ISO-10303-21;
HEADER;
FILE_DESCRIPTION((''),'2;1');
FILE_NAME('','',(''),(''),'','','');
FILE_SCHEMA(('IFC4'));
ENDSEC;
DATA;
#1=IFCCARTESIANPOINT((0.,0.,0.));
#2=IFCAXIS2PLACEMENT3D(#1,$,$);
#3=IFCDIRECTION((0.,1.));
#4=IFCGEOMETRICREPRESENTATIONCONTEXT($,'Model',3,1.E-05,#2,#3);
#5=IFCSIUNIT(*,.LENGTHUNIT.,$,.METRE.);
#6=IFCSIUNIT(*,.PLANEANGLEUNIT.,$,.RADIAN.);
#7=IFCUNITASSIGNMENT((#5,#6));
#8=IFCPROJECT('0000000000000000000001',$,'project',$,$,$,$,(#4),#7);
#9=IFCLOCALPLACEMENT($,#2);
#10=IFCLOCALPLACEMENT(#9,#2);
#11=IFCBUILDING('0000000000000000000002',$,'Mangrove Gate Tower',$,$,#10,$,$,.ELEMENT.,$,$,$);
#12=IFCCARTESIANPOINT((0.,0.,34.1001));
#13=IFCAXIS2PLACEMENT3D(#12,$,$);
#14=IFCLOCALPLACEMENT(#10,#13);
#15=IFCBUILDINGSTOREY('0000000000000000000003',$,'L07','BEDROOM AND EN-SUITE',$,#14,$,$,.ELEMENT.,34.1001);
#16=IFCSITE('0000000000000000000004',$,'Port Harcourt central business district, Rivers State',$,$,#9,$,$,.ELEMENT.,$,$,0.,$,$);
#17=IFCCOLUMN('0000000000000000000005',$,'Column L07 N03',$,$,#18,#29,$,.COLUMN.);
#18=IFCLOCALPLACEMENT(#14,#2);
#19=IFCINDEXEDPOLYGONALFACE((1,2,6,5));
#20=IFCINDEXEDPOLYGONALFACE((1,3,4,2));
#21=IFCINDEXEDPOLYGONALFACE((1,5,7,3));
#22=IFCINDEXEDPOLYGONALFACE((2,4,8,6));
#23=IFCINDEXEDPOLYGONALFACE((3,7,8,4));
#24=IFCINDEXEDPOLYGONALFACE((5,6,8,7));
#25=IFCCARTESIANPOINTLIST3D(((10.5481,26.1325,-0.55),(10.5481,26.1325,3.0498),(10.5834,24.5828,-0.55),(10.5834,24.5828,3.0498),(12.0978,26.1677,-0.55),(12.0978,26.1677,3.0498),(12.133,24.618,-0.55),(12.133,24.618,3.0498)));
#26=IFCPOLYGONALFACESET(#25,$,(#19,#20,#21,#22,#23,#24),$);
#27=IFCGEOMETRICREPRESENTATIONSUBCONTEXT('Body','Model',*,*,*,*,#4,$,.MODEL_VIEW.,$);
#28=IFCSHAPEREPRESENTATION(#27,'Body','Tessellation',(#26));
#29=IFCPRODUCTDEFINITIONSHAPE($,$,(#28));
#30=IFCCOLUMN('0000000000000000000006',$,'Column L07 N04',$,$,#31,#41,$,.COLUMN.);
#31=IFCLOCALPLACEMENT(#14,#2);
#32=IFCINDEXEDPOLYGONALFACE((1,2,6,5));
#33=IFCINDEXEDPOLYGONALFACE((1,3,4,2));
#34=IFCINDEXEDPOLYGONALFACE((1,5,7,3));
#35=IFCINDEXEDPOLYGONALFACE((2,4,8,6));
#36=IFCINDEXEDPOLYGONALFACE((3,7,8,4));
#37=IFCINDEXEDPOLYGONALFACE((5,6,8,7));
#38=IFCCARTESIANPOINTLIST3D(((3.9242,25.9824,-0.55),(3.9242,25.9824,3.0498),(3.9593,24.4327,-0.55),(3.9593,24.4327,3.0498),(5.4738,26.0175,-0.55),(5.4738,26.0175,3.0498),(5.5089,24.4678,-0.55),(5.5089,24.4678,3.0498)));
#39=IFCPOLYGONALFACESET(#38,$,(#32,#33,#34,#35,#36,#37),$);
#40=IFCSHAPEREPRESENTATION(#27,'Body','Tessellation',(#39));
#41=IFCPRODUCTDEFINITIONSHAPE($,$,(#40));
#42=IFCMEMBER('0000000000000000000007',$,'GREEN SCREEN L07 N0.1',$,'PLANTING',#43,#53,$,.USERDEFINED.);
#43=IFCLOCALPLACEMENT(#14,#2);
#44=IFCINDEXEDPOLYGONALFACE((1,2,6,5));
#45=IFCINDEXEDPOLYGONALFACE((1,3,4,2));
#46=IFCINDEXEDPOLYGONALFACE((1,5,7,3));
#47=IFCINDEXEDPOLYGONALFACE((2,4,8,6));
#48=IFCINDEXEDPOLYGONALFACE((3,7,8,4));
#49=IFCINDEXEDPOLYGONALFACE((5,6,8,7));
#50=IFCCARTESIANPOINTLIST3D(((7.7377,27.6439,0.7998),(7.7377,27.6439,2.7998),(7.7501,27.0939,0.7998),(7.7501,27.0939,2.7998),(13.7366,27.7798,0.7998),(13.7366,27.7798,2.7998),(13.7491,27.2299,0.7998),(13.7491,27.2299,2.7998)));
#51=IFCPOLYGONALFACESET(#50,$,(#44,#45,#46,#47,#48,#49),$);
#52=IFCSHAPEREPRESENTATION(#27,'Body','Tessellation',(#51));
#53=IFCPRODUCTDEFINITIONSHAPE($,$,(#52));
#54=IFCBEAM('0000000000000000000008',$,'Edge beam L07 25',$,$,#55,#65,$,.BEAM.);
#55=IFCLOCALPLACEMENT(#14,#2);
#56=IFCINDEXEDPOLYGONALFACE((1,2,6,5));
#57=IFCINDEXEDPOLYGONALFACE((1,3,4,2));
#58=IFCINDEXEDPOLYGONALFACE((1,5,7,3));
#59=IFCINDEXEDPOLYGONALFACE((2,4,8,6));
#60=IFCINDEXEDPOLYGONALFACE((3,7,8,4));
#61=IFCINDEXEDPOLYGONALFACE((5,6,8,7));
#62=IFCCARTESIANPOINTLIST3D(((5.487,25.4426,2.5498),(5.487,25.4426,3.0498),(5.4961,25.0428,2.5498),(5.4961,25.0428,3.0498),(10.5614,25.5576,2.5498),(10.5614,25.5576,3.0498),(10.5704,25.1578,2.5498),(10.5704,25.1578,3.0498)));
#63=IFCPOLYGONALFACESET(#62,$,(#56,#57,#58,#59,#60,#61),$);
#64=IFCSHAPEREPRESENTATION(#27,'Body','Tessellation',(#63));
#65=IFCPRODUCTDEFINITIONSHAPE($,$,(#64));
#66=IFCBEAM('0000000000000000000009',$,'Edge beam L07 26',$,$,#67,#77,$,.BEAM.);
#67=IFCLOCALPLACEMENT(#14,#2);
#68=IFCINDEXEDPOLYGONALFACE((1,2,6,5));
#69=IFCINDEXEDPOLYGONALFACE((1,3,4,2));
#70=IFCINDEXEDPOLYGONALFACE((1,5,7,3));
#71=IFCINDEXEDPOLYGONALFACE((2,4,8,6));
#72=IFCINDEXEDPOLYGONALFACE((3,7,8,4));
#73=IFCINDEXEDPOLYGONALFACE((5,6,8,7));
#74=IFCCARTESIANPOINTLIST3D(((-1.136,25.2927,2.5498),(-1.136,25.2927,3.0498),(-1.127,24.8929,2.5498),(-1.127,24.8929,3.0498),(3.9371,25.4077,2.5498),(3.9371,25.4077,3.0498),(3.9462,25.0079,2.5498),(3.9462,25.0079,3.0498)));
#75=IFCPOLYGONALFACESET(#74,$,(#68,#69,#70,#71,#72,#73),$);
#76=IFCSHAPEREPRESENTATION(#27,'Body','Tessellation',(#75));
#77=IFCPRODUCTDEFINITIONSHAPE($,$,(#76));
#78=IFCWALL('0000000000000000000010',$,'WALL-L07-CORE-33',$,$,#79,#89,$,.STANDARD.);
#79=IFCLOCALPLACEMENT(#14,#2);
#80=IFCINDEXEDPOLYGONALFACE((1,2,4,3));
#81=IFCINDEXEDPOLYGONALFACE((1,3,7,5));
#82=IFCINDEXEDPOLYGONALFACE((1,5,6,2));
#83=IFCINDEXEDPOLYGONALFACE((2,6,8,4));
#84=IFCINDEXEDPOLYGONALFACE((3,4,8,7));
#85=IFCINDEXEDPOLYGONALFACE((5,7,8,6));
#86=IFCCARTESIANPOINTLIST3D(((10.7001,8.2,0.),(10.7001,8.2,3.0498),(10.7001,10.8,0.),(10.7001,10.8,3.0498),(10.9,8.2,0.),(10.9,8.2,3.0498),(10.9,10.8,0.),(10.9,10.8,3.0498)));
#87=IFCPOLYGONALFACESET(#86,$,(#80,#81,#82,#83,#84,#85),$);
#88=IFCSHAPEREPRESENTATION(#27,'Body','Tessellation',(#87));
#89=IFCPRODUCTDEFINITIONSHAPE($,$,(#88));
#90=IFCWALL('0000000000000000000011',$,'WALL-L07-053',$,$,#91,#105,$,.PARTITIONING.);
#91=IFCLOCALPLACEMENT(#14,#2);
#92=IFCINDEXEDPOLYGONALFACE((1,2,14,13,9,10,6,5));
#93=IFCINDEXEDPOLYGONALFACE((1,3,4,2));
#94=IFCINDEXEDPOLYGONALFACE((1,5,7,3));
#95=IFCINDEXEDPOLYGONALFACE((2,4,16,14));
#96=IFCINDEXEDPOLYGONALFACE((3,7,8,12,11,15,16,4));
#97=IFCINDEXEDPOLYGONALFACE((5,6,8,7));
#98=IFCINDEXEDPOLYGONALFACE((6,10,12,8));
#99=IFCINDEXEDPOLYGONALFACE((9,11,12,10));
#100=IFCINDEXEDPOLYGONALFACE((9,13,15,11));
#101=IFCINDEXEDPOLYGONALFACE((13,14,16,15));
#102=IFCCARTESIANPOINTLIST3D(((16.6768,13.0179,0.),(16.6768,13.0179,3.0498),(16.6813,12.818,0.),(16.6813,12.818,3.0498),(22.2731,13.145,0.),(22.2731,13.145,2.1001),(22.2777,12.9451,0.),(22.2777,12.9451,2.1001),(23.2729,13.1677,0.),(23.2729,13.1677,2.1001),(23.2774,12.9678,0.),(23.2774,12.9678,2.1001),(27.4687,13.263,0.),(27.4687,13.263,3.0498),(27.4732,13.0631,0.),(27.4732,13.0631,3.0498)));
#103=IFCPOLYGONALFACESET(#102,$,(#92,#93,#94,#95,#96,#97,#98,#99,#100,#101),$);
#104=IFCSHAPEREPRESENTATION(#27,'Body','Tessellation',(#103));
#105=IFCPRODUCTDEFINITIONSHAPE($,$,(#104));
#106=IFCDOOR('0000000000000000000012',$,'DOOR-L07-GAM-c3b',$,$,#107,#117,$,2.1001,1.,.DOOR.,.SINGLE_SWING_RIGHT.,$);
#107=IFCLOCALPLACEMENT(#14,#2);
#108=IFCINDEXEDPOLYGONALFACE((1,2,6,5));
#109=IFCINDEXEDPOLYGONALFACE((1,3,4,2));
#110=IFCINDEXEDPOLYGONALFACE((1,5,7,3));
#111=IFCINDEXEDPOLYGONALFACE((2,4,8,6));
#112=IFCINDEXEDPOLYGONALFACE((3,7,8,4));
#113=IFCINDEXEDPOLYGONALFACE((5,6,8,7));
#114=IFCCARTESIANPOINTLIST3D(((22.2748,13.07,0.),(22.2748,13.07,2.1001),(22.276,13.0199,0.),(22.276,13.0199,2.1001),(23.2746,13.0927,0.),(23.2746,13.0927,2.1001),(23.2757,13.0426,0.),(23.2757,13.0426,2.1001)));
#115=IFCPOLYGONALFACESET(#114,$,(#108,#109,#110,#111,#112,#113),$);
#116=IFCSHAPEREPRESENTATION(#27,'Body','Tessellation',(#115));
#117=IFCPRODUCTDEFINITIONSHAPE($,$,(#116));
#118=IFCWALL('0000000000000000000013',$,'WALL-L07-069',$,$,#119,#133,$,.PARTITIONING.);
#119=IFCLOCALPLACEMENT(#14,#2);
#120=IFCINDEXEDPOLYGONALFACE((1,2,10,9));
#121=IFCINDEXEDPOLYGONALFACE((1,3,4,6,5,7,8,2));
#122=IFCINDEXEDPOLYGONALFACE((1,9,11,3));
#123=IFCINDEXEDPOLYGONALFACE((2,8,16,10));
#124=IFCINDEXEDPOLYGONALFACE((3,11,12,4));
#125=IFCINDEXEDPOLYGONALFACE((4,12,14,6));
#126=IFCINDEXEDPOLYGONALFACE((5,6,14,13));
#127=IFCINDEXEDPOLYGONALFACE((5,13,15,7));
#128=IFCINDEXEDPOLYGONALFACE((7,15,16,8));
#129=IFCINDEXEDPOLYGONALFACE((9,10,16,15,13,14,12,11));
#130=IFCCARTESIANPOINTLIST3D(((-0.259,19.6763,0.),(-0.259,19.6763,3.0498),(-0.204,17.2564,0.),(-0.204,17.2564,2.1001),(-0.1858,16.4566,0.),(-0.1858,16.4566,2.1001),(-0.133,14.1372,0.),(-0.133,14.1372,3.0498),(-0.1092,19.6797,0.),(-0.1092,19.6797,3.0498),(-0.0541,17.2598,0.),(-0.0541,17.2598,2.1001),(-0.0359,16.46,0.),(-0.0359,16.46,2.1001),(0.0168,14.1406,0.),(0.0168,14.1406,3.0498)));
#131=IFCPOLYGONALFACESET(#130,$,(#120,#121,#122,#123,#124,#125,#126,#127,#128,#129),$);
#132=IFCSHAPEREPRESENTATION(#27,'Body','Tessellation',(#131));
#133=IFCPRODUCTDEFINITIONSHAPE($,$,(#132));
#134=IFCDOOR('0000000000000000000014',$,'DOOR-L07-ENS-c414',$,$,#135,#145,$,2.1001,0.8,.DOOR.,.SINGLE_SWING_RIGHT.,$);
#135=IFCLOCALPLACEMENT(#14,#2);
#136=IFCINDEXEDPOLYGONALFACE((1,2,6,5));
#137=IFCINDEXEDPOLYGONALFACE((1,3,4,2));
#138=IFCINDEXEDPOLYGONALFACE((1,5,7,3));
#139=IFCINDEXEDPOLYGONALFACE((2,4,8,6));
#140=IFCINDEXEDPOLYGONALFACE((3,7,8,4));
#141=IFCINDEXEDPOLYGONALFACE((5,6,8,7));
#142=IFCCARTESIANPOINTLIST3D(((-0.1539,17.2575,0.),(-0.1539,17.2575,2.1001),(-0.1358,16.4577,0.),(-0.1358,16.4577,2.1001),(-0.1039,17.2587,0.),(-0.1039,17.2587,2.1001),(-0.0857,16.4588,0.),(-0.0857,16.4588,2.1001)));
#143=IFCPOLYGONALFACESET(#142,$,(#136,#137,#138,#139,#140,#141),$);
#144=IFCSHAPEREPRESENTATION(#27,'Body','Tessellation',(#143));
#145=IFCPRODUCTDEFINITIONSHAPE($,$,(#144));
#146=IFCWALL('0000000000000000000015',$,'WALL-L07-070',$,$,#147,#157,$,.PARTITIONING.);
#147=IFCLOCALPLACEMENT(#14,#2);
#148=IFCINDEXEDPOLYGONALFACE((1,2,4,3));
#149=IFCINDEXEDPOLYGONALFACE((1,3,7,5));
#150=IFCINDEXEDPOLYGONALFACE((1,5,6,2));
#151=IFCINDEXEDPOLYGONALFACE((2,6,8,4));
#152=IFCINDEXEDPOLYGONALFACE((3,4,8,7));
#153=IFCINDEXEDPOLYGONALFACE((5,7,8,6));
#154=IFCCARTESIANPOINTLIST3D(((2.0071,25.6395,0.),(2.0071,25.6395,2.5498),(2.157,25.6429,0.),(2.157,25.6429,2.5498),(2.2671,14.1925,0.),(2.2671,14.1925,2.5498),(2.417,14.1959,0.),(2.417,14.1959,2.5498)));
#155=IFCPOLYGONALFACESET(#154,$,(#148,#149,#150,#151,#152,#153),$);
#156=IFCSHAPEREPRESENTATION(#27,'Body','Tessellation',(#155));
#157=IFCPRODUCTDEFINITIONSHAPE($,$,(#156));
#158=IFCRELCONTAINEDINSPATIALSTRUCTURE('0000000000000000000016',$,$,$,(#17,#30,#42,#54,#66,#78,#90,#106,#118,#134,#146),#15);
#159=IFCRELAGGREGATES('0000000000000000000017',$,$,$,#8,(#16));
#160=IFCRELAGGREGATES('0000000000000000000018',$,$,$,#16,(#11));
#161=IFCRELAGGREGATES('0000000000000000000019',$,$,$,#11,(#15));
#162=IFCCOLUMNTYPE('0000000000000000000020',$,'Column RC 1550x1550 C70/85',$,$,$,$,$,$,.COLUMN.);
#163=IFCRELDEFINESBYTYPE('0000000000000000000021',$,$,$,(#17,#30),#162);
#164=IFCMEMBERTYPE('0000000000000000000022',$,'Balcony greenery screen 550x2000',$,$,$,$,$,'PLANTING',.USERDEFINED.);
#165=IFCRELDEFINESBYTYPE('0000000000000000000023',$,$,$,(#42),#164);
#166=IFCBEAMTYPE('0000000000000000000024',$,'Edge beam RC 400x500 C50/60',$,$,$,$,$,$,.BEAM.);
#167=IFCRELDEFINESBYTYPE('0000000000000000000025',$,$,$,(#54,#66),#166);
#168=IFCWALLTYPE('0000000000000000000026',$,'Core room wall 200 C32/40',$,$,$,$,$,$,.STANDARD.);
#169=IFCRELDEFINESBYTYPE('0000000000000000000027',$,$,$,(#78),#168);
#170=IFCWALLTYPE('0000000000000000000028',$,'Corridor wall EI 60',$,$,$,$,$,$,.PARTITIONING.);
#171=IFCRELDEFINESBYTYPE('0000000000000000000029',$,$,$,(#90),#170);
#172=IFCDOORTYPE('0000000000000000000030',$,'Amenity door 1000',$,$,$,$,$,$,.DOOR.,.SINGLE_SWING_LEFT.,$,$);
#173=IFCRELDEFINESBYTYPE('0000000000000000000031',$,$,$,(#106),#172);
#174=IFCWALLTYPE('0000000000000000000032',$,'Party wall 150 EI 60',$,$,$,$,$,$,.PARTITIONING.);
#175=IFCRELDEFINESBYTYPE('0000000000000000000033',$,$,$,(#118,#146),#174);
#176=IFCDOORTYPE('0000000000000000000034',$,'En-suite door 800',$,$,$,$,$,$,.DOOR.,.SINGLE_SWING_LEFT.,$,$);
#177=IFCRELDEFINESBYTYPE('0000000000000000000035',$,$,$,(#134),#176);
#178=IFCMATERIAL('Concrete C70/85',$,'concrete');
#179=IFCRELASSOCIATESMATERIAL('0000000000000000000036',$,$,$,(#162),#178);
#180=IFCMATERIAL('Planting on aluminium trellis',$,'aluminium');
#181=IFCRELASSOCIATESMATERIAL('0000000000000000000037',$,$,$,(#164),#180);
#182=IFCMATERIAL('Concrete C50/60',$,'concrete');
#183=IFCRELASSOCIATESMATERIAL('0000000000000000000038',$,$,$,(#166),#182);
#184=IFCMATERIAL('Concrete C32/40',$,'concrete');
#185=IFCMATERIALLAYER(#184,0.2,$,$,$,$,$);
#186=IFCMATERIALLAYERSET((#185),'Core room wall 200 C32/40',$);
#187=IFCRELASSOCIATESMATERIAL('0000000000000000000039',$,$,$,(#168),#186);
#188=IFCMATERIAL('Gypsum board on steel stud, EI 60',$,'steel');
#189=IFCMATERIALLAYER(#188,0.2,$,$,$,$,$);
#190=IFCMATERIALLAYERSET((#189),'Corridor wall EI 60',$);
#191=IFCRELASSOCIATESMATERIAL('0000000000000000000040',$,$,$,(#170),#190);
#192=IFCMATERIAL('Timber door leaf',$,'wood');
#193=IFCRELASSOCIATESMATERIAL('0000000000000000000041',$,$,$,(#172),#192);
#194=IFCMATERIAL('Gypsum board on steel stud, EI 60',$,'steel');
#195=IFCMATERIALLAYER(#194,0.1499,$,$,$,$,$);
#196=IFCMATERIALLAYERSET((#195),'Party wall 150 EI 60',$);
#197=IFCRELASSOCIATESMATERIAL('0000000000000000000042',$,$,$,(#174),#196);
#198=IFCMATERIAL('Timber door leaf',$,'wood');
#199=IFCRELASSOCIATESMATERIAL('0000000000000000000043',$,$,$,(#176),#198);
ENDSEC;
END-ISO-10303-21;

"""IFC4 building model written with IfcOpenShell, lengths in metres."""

from ifc_helpers import new_model, si_unit, direction, frame, frame_2d, origin, origin_2d, place, context, subcontext, project, spatial, rectangle, extrude, material, layer, layer_set, material_profile, profile_set, type_object, element, fill, save


model = new_model("IFC4")

# Units and contexts
model_context = context("Model", 3, precision=1e-05, world=origin(), true_north=direction((0.0, 1.0)))
body_context = subcontext(model_context, "Body", "Model", "MODEL_VIEW")
ifc_project = project(units=[si_unit("LENGTHUNIT", "METRE"), si_unit("PLANEANGLEUNIT", "RADIAN")], contexts=[model_context])

# Site, building, storey
site_placement = place(None, origin())
site = spatial("IfcSite", under=ifc_project, at=site_placement, Name="Port Harcourt central business district, Rivers State", CompositionType="ELEMENT", RefElevation=0.0)
building_placement = place(site_placement, origin())
building = spatial("IfcBuilding", under=site, at=building_placement, Name="Mangrove Gate Tower", CompositionType="ELEMENT")
storey_placement = place(building_placement, frame((0.0, 0.0, 34.1001)))
storey = spatial("IfcBuildingStorey", under=building, at=storey_placement, Name="L07", Description="BEDROOM AND EN-SUITE", CompositionType="ELEMENT", Elevation=34.1001)

# Columns
ifc_material_1 = material(Name="Concrete C70/85", Category="concrete")
ifc_material_profile_1 = material_profile(ifc_material_1, rectangle(XDim=1.55, YDim=1.55, at=origin_2d()))
ifc_profile_set_1 = profile_set([ifc_material_profile_1], Name="Concrete C70/85")
column_type = type_object("IfcColumnType", Name="Column RC 1550x1550 C70/85", PredefinedType="COLUMN", material=ifc_profile_set_1)
for number, where, z_axis, x_axis, name in (
    (1, (11.3406, 25.3752, -0.55), (0.0, 0.0, 1.0), (-0.999742, -0.022716, 0.0), "Column L07 N03"),
    (2, (4.7166, 25.2251, -0.55), (0.0, 0.0, 1.0), (-0.999744, -0.022641, 0.0), "Column L07 N04"),
):
    element("IfcColumn", number, at=place(storey_placement, frame(where, z_axis=z_axis, x_axis=x_axis)), inside=storey, type_object=column_type, Name=name, PredefinedType="COLUMN", context=body_context, shape_type="SweptSolid", body=[
        extrude(rectangle(XDim=1.55, YDim=1.55, at=origin_2d()), origin(), (0.0, 0.0, 1.0), 3.5999),
    ])

# Member
ifc_material_2 = material(Name="Planting on aluminium trellis", Category="aluminium")
ifc_material_profile_2 = material_profile(ifc_material_2, rectangle(XDim=0.55, YDim=2.0, at=origin_2d()))
ifc_profile_set_2 = profile_set([ifc_material_profile_2], Name="Planting on aluminium trellis")
member_type = type_object("IfcMemberType", Name="Balcony greenery screen 550x2000", ElementType="PLANTING", PredefinedType="USERDEFINED", material=ifc_profile_set_2)
member_placement = place(storey_placement, frame((7.7439, 27.3689, 1.7998), z_axis=(0.999743, 0.022662, 0.0), x_axis=(-0.022662, 0.999743, 0.0)))
element("IfcMember", 3, at=member_placement, inside=storey, type_object=member_type, Name="GREEN SCREEN L07 N0.1", ObjectType="PLANTING", PredefinedType="USERDEFINED", context=body_context, shape_type="SweptSolid", body=[
    extrude(rectangle(XDim=0.55, YDim=2.0, at=origin_2d()), origin(), (0.0, 0.0, 1.0), 6.0005),
])

# Beams
ifc_material_3 = material(Name="Concrete C50/60", Category="concrete")
ifc_material_profile_3 = material_profile(ifc_material_3, rectangle(XDim=0.3999, YDim=0.5, at=origin_2d()))
ifc_profile_set_3 = profile_set([ifc_material_profile_3], Name="Concrete C50/60")
beam_type = type_object("IfcBeamType", Name="Edge beam RC 400x500 C50/60", PredefinedType="BEAM", material=ifc_profile_set_3)
beam_1_placement = place(storey_placement, frame((10.5659, 25.3577, 2.7998), z_axis=(-0.999743, -0.022655, 0.0), x_axis=(0.022655, -0.999743, 0.0)))
element("IfcBeam", 4, at=beam_1_placement, inside=storey, type_object=beam_type, Name="Edge beam L07 25", PredefinedType="BEAM", context=body_context, shape_type="SweptSolid", body=[
    extrude(rectangle(XDim=0.3999, YDim=0.5, at=origin_2d()), origin(), (0.0, 0.0, 1.0), 5.0757),
])
beam_2_placement = place(storey_placement, frame((3.9417, 25.2078, 2.7998), z_axis=(-0.999743, -0.02266, 0.0), x_axis=(0.02266, -0.999743, 0.0)))
element("IfcBeam", 5, at=beam_2_placement, inside=storey, type_object=beam_type, Name="Edge beam L07 26", PredefinedType="BEAM", context=body_context, shape_type="SweptSolid", body=[
    extrude(rectangle(XDim=0.3999, YDim=0.5, at=origin_2d()), origin(), (0.0, 0.0, 1.0), 5.0745),
])

# Wall
ifc_material_4 = material(Name="Concrete C32/40", Category="concrete")
ifc_layer_1 = layer(ifc_material_4, 0.2)
ifc_layer_set_1 = layer_set([ifc_layer_1], Name="Core room wall 200 C32/40")
wall_type_1 = type_object("IfcWallType", Name="Core room wall 200 C32/40", PredefinedType="STANDARD", material=ifc_layer_set_1)
wall_1_placement = place(storey_placement, frame((10.8, 8.2, 0.0), z_axis=(0.0, 0.0, 1.0), x_axis=(0.0, 1.0, 0.0)))
element("IfcWall", 6, at=wall_1_placement, inside=storey, type_object=wall_type_1, Name="WALL-L07-CORE-33", PredefinedType="STANDARD", context=body_context, shape_type="SweptSolid", body=[
    extrude(rectangle(XDim=2.6001, YDim=0.2, at=frame_2d((1.3, 0.0))), origin(), (0.0, 0.0, 1.0), 3.0498),
])

# Walls, openings, doors
ifc_material_5 = material(Name="Gypsum board on steel stud, EI 60", Category="steel")
ifc_layer_2 = layer(ifc_material_5, 0.2)
ifc_layer_set_2 = layer_set([ifc_layer_2], Name="Corridor wall EI 60")
wall_type_2 = type_object("IfcWallType", Name="Corridor wall EI 60", PredefinedType="PARTITIONING", material=ifc_layer_set_2)
wall_2_placement = place(storey_placement, frame((16.679, 12.918, 0.0), z_axis=(0.0, 0.0, 1.0), x_axis=(0.999742, 0.022707, 0.0)))
wall_2 = element("IfcWall", 7, at=wall_2_placement, inside=storey, type_object=wall_type_2, Name="WALL-L07-053", PredefinedType="PARTITIONING", context=body_context, shape_type="SweptSolid", body=[
    extrude(rectangle(XDim=10.7947, YDim=0.2, at=frame_2d((5.3975, 0.0))), origin(), (0.0, 0.0, 1.0), 3.0498),
])
opening_1_placement = place(wall_2_placement, frame((5.5979, 0.0, 0.0)))
opening_1 = element("IfcOpeningElement", 8, at=opening_1_placement, cuts=wall_2, PredefinedType="OPENING", context=body_context, shape_type="SweptSolid", body=[
    extrude(rectangle(XDim=1.0, YDim=2.1001, at=frame_2d((0.5, 1.05))), frame((0.0, 0.1099, 0.0), z_axis=(0.0, -1.0, 0.0), x_axis=(1.0, 0.0, 0.0)), (0.0, 0.0, 1.0), 0.22),
])
ifc_material_6 = material(Name="Timber door leaf", Category="wood")
door_type_1 = type_object("IfcDoorType", Name="Amenity door 1000", OperationType="SINGLE_SWING_LEFT", PredefinedType="DOOR", material=ifc_material_6)
door_1_placement = place(opening_1_placement, origin())
door_1 = element("IfcDoor", 9, at=door_1_placement, inside=storey, type_object=door_type_1, Name="DOOR-L07-GAM-c3b", OperationType="SINGLE_SWING_RIGHT", OverallHeight=2.1001, OverallWidth=1.0, PredefinedType="DOOR", context=body_context, shape_type="SweptSolid", body=[
    extrude(rectangle(XDim=1.0, YDim=2.1001, at=frame_2d((0.5, 1.05))), frame((0.0, 0.0249, 0.0), z_axis=(0.0, -1.0, 0.0), x_axis=(1.0, 0.0, 0.0)), (0.0, 0.0, 1.0), 0.05),
])
fill(opening_1, door_1)
ifc_material_7 = material(Name="Gypsum board on steel stud, EI 60", Category="steel")
ifc_layer_3 = layer(ifc_material_7, 0.1499)
ifc_layer_set_3 = layer_set([ifc_layer_3], Name="Party wall 150 EI 60")
wall_type_3 = type_object("IfcWallType", Name="Party wall 150 EI 60", PredefinedType="PARTITIONING", material=ifc_layer_set_3)
wall_3_placement = place(storey_placement, frame((-0.0581, 14.1389, 0.0), z_axis=(0.0, 0.0, 1.0), x_axis=(-0.022737, 0.999741, 0.0)))
wall_3 = element("IfcWall", 10, at=wall_3_placement, inside=storey, type_object=wall_type_3, Name="WALL-L07-069", PredefinedType="PARTITIONING", context=body_context, shape_type="SweptSolid", body=[
    extrude(rectangle(XDim=5.5405, YDim=0.1499, at=frame_2d((2.7703, 0.0))), origin(), (0.0, 0.0, 1.0), 3.0498),
])
opening_2_placement = place(wall_3_placement, frame((2.3201, 0.0, 0.0)))
opening_2 = element("IfcOpeningElement", 11, at=opening_2_placement, cuts=wall_3, PredefinedType="OPENING", context=body_context, shape_type="SweptSolid", body=[
    extrude(rectangle(XDim=0.8, YDim=2.1001, at=frame_2d((0.3999, 1.05))), frame((0.0, 0.085, 0.0), z_axis=(0.0, -1.0, 0.0), x_axis=(1.0, 0.0, 0.0)), (0.0, 0.0, 1.0), 0.1699),
])
ifc_material_8 = material(Name="Timber door leaf", Category="wood")
door_type_2 = type_object("IfcDoorType", Name="En-suite door 800", OperationType="SINGLE_SWING_LEFT", PredefinedType="DOOR", material=ifc_material_8)
door_2_placement = place(opening_2_placement, origin())
door_2 = element("IfcDoor", 12, at=door_2_placement, inside=storey, type_object=door_type_2, Name="DOOR-L07-ENS-c414", OperationType="SINGLE_SWING_RIGHT", OverallHeight=2.1001, OverallWidth=0.8, PredefinedType="DOOR", context=body_context, shape_type="SweptSolid", body=[
    extrude(rectangle(XDim=0.8, YDim=2.1001, at=frame_2d((0.3999, 1.05))), frame((0.0, 0.0249, 0.0), z_axis=(0.0, -1.0, 0.0), x_axis=(1.0, 0.0, 0.0)), (0.0, 0.0, 1.0), 0.05),
])
fill(opening_2, door_2)

# Wall
wall_4_placement = place(storey_placement, frame((2.342, 14.1941, 0.0), z_axis=(0.0, 0.0, 1.0), x_axis=(-0.022708, 0.999742, 0.0)))
element("IfcWall", 13, at=wall_4_placement, inside=storey, type_object=wall_type_3, Name="WALL-L07-070", PredefinedType="PARTITIONING", context=body_context, shape_type="SweptSolid", body=[
    extrude(rectangle(XDim=11.45, YDim=0.1499, at=frame_2d((5.7251, 0.0))), origin(), (0.0, 0.0, 1.0), 2.5498),
])

save(model, "model.ifc")
